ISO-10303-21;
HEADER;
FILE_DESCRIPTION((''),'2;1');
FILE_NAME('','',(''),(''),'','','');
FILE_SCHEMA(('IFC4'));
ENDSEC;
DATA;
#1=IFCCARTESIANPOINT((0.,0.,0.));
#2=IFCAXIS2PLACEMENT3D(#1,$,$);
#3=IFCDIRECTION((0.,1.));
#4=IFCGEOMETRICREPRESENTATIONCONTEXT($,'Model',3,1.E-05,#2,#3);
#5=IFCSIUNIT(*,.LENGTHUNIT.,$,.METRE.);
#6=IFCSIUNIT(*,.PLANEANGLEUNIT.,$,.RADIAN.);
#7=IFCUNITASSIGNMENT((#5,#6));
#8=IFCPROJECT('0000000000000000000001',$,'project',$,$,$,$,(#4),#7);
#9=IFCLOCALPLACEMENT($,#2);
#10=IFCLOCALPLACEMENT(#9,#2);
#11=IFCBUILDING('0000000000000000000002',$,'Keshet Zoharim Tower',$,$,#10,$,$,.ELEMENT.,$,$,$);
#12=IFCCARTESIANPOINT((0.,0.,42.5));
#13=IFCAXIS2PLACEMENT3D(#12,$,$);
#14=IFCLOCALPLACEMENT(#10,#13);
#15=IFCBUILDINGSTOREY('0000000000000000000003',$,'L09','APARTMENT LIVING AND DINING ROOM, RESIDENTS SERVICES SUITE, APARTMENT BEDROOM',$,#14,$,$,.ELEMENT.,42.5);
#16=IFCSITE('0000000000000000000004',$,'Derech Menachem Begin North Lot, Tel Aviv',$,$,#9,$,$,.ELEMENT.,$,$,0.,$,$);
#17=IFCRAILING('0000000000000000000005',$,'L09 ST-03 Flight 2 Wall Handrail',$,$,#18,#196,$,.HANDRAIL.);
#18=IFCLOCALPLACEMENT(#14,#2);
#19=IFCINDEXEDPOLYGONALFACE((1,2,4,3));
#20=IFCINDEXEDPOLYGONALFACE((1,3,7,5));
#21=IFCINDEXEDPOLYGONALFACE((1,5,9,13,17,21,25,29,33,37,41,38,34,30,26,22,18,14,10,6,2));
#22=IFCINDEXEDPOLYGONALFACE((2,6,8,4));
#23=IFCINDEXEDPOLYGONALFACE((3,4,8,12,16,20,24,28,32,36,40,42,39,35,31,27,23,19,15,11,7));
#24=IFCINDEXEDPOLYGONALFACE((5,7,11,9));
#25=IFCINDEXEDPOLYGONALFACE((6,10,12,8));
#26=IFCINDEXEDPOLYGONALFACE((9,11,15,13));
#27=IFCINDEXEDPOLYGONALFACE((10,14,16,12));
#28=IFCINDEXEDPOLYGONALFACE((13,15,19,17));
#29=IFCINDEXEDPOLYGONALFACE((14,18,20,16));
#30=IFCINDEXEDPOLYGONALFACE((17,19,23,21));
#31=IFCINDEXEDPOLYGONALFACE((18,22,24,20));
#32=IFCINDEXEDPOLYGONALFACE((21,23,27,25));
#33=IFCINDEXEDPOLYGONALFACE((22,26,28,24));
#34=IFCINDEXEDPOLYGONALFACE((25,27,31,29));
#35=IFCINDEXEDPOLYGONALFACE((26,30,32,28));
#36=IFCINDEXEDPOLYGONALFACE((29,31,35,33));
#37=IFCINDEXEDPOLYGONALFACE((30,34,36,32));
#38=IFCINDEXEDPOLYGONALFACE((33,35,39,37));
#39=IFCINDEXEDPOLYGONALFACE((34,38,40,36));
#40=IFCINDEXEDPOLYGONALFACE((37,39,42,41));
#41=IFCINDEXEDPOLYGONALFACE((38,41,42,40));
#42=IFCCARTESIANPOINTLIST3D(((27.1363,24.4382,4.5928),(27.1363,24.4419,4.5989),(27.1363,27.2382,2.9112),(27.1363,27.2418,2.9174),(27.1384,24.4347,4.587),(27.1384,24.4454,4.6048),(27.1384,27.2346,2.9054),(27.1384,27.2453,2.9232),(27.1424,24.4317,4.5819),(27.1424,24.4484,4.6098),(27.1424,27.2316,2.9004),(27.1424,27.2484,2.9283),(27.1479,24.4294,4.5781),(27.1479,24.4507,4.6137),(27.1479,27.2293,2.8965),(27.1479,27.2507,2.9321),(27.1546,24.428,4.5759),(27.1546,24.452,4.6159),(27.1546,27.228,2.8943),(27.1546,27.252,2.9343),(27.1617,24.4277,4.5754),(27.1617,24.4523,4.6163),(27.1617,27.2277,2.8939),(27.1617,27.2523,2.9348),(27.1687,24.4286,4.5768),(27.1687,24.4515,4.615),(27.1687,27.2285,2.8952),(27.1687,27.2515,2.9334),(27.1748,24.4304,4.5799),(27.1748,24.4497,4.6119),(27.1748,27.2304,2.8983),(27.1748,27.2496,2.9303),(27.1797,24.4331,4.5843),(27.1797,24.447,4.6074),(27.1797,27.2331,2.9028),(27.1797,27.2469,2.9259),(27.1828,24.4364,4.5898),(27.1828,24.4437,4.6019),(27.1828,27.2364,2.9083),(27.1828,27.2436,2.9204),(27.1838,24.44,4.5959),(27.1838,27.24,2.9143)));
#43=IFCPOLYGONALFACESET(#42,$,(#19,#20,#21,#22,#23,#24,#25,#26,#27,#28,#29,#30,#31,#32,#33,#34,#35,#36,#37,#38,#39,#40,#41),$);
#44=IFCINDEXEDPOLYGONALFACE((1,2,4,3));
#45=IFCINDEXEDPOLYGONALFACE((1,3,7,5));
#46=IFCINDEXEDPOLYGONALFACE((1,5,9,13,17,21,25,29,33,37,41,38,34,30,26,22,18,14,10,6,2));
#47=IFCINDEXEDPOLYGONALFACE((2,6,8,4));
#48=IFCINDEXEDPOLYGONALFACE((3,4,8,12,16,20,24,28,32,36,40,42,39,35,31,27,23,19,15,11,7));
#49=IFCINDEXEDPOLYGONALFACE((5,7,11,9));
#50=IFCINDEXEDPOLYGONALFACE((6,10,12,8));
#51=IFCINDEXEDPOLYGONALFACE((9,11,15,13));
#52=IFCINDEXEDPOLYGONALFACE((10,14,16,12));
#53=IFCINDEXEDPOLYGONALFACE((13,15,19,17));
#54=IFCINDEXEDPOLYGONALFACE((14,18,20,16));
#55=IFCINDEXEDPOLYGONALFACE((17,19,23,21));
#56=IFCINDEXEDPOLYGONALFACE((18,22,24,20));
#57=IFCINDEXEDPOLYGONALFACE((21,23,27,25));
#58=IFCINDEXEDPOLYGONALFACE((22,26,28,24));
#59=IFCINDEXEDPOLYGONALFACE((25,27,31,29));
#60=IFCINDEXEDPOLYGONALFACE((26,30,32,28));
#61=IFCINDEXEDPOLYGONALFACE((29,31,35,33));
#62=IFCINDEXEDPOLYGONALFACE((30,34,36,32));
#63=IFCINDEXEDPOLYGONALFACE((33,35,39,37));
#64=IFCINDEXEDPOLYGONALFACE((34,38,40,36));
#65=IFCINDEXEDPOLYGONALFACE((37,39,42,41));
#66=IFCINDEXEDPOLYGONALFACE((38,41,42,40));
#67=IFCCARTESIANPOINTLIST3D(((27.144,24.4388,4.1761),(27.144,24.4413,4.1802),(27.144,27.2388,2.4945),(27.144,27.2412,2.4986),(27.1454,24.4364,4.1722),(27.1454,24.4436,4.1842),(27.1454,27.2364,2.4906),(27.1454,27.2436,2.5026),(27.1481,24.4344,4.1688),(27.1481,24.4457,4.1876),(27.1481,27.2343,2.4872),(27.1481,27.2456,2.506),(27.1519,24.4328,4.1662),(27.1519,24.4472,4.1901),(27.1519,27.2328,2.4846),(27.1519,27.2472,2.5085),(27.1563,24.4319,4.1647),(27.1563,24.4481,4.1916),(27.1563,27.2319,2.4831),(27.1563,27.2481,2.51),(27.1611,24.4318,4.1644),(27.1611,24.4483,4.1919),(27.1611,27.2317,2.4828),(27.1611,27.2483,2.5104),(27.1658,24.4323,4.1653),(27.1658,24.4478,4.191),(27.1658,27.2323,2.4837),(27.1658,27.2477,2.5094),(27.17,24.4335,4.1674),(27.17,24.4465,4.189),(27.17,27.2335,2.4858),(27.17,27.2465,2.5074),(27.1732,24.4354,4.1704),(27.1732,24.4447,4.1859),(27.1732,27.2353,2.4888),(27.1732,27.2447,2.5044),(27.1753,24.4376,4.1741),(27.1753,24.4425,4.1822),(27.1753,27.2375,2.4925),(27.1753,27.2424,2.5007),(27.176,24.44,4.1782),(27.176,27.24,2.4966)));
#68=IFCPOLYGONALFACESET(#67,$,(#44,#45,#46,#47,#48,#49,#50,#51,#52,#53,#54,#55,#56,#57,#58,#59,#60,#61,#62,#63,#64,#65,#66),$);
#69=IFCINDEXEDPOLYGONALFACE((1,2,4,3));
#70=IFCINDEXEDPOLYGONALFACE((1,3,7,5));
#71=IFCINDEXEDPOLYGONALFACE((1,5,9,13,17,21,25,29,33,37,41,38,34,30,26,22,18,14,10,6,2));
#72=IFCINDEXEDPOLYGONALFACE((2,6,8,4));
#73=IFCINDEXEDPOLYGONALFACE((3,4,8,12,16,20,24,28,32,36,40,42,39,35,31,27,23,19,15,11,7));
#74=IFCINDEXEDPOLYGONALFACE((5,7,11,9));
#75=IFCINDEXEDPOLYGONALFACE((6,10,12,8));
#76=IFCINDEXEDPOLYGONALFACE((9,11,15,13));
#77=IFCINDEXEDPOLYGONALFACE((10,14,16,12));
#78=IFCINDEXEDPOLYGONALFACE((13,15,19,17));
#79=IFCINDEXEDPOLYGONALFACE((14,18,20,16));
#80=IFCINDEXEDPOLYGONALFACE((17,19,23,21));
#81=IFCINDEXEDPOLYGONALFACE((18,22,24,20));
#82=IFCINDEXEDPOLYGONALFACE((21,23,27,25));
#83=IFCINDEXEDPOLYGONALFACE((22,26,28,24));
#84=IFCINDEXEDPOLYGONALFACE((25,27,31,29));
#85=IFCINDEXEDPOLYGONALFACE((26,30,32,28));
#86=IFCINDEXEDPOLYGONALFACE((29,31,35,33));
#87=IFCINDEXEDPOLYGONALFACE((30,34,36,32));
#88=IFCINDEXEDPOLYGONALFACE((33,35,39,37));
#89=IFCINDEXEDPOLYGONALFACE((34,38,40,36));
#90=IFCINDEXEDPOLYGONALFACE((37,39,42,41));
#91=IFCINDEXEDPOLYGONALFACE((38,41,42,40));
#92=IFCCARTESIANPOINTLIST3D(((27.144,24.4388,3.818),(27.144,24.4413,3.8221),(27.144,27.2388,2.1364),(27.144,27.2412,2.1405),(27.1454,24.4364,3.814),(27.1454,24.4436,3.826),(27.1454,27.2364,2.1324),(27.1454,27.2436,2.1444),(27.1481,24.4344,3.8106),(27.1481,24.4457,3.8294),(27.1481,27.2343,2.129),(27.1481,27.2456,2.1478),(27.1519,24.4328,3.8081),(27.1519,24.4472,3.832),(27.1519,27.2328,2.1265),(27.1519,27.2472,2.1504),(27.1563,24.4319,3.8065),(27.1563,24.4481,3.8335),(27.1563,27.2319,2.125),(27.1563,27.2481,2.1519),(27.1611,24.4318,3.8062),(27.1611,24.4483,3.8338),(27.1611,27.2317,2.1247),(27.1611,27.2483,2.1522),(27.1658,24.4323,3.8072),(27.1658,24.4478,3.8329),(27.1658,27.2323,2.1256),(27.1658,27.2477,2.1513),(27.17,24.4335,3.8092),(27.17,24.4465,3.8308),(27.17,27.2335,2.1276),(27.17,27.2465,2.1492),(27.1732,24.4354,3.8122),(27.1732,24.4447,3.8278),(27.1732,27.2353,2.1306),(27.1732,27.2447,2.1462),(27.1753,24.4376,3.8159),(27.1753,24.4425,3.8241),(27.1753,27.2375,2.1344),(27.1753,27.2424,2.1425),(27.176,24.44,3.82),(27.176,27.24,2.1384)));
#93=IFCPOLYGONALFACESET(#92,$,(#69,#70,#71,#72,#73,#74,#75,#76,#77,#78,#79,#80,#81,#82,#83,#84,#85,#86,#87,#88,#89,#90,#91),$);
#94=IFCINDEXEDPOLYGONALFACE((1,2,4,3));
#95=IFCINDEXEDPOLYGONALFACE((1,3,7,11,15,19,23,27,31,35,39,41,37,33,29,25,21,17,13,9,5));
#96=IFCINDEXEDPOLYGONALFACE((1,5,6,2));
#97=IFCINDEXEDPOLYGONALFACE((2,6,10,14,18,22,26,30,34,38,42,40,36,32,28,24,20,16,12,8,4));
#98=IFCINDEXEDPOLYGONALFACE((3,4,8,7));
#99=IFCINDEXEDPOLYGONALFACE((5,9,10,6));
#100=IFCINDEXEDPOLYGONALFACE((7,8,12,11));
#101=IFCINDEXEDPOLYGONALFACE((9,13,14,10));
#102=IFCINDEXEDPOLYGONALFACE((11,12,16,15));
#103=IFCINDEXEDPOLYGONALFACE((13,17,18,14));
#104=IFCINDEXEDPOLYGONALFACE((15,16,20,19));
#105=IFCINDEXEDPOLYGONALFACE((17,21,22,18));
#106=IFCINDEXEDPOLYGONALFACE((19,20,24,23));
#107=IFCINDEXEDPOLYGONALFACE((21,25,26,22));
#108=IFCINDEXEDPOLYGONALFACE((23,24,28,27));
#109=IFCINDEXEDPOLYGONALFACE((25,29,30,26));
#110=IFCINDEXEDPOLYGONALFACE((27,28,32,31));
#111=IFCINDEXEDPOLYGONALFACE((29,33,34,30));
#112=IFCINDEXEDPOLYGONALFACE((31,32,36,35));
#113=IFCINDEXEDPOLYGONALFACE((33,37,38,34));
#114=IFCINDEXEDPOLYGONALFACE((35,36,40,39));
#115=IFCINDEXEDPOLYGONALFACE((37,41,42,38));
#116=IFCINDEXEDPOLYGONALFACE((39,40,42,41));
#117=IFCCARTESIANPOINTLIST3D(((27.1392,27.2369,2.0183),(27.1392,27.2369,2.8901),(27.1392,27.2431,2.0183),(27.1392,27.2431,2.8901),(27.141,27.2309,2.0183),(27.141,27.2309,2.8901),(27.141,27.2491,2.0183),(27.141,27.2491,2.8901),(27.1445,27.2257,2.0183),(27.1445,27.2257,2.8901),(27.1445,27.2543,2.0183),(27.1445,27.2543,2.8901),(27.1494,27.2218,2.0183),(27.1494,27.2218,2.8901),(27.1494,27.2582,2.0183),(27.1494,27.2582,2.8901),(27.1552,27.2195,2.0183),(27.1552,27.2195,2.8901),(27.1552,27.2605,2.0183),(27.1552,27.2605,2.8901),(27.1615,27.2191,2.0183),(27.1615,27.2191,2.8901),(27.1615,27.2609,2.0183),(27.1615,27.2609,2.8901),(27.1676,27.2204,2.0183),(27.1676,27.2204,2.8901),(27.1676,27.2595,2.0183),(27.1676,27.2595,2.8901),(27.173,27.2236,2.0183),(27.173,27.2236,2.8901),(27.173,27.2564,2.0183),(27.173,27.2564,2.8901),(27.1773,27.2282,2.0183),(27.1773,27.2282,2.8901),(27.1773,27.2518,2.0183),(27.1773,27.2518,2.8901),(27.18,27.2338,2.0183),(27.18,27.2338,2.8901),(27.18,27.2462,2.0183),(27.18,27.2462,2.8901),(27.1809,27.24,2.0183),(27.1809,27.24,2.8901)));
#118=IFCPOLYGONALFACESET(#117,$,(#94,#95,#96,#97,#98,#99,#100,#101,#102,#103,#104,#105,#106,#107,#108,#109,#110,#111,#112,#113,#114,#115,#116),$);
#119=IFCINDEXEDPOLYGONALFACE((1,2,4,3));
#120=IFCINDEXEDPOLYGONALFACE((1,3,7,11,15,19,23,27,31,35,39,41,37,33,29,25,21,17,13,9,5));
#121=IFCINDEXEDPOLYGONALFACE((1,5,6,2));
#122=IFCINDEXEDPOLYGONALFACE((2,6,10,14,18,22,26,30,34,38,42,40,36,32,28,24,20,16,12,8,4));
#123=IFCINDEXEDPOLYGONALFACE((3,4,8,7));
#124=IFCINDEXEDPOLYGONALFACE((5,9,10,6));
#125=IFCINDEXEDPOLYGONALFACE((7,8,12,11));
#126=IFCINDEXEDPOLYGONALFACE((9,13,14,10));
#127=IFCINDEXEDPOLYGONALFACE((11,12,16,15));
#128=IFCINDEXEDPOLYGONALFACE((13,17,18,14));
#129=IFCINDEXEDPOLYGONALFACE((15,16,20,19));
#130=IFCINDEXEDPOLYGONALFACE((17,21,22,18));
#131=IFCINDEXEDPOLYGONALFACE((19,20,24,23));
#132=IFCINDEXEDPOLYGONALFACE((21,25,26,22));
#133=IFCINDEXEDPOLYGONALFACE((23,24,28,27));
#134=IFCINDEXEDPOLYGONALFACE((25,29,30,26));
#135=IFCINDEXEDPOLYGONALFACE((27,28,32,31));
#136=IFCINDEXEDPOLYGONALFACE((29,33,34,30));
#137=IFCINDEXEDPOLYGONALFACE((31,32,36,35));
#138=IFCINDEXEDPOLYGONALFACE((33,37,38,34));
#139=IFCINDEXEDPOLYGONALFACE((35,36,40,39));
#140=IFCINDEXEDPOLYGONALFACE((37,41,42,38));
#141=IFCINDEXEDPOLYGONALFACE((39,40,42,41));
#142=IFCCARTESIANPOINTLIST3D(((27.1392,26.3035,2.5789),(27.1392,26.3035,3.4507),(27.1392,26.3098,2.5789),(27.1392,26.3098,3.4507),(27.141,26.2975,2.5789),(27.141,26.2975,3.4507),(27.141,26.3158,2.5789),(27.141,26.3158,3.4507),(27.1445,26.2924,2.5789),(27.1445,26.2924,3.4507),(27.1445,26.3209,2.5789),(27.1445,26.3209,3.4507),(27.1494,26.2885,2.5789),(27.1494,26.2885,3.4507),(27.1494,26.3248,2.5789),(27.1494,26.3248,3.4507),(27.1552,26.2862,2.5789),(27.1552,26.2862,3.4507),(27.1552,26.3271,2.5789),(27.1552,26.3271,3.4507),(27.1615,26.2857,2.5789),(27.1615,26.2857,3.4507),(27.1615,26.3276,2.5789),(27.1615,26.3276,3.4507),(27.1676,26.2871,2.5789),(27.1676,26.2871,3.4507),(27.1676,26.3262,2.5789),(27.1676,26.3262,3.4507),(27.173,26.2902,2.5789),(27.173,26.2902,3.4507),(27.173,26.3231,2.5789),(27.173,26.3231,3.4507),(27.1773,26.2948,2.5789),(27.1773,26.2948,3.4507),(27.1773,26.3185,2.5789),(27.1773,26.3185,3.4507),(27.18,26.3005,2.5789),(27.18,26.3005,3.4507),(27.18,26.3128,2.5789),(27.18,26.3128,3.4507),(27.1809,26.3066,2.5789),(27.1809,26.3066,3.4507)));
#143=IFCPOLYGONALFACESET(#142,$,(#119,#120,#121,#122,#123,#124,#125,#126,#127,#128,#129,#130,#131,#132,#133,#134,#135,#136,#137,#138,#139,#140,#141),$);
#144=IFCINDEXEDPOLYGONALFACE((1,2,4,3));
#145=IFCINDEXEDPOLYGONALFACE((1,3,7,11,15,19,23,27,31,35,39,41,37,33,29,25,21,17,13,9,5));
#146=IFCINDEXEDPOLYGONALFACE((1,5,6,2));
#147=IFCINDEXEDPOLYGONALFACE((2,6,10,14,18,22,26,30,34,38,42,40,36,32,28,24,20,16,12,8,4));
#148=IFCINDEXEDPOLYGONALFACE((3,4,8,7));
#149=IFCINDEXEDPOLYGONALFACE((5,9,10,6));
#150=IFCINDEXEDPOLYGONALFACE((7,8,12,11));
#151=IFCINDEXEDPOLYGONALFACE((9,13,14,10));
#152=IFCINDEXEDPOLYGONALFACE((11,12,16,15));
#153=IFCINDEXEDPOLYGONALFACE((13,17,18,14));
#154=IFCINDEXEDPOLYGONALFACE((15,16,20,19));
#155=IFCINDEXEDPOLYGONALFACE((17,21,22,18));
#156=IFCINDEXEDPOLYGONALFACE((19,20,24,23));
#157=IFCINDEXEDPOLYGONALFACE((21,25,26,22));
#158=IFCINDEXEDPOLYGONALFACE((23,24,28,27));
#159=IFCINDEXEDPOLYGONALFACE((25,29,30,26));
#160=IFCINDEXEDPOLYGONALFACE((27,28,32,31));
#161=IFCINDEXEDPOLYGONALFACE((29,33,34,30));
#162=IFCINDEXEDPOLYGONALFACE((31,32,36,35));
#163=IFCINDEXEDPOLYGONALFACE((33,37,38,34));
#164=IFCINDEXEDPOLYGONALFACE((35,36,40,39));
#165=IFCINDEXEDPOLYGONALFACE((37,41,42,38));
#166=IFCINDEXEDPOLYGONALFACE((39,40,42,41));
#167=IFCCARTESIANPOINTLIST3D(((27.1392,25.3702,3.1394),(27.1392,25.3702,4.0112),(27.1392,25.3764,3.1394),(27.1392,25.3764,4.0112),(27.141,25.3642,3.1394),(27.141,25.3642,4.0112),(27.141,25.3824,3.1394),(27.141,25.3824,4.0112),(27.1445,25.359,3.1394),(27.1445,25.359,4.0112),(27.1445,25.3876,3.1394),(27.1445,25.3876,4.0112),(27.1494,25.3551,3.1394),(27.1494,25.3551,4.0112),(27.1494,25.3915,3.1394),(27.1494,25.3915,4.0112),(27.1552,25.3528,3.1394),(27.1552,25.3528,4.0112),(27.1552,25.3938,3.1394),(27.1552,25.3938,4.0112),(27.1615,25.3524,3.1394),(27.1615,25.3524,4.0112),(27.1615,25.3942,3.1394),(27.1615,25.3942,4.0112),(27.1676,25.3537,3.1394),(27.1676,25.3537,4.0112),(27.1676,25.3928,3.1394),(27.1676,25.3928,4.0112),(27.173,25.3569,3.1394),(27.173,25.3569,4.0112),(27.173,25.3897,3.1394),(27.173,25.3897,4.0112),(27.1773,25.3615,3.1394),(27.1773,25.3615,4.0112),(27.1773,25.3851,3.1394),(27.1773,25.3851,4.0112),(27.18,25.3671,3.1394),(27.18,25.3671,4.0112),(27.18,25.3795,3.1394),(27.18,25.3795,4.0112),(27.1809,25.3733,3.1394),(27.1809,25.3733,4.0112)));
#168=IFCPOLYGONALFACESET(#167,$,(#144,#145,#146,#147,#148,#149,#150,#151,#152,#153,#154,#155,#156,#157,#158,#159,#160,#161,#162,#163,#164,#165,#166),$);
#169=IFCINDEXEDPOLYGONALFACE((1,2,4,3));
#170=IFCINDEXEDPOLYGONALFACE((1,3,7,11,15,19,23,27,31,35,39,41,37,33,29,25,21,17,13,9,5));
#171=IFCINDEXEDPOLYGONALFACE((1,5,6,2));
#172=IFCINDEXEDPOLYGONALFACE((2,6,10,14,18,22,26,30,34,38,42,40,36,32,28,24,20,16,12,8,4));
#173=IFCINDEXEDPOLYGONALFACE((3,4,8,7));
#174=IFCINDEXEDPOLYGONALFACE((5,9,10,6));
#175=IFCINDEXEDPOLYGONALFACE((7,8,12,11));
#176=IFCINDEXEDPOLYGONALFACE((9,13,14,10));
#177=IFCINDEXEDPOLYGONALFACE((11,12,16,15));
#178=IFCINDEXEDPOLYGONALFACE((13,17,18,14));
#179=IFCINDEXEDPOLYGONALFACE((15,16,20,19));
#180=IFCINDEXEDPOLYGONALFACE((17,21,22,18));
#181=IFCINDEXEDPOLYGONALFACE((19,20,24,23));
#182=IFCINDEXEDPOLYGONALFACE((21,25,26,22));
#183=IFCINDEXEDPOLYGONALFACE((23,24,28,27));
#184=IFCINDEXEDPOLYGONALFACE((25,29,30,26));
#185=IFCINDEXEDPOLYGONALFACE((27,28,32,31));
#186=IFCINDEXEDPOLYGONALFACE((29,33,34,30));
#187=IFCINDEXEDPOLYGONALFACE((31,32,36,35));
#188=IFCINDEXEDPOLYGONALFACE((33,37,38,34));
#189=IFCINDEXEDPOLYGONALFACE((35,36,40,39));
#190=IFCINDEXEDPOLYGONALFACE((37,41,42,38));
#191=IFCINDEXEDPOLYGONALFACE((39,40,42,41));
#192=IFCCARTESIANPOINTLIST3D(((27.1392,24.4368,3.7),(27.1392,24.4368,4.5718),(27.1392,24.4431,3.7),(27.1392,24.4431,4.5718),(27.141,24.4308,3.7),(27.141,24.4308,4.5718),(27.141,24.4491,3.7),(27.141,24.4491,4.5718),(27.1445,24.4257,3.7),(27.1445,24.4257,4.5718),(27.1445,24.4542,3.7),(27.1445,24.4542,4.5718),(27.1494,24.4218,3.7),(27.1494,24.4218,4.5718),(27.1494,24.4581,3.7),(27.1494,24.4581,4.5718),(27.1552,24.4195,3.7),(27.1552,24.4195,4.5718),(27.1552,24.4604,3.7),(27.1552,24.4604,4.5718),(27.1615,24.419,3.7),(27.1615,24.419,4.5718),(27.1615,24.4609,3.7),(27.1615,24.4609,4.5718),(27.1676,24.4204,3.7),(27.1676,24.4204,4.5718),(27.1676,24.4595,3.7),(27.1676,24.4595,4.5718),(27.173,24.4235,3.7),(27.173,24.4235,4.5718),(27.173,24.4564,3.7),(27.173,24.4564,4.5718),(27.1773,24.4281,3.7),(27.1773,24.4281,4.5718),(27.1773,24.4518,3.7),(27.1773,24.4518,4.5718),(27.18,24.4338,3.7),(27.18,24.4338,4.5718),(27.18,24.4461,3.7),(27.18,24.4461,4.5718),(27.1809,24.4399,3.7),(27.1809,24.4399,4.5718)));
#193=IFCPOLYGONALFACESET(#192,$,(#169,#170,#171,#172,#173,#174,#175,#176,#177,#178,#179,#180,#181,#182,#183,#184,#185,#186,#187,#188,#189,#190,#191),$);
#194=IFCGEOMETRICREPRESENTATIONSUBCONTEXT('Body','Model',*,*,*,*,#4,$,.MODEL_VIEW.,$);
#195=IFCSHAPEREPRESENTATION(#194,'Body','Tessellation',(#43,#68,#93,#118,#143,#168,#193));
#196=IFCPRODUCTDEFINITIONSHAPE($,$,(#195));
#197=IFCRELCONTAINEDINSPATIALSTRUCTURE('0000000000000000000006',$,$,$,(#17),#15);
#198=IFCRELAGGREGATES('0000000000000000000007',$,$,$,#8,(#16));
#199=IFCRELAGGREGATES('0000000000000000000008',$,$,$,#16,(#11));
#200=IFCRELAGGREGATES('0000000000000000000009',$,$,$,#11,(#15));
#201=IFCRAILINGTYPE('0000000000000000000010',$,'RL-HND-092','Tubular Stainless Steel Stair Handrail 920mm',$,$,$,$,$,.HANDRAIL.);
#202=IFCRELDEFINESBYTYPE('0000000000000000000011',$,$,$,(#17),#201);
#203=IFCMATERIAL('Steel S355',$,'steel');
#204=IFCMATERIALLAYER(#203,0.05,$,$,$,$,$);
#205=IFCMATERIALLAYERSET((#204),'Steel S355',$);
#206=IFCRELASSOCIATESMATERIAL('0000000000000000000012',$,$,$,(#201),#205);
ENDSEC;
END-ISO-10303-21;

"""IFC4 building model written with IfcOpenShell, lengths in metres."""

from ifc_helpers import new_model, si_unit, direction, frame, origin, origin_2d, place, context, subcontext, project, spatial, circle, extrude, material, layer, layer_set, type_object, element, save


model = new_model("IFC4")

# Units and contexts
model_context = context("Model", 3, precision=1e-05, world=origin(), true_north=direction((0.0, 1.0)))
body_context = subcontext(model_context, "Body", "Model", "MODEL_VIEW")
ifc_project = project(units=[si_unit("LENGTHUNIT", "METRE"), si_unit("PLANEANGLEUNIT", "RADIAN")], contexts=[model_context])

# Site, building, storey
site_placement = place(None, origin())
site = spatial("IfcSite", under=ifc_project, at=site_placement, Name="Derech Menachem Begin North Lot, Tel Aviv", CompositionType="ELEMENT", RefElevation=0.0)
building_placement = place(site_placement, origin())
building = spatial("IfcBuilding", under=site, at=building_placement, Name="Keshet Zoharim Tower", CompositionType="ELEMENT")
storey_placement = place(building_placement, frame((0.0, 0.0, 42.5)))
storey = spatial("IfcBuildingStorey", under=building, at=storey_placement, Name="L09", Description="APARTMENT LIVING AND DINING ROOM, RESIDENTS SERVICES SUITE, APARTMENT BEDROOM", CompositionType="ELEMENT", Elevation=42.5)

# Shared definitions
ifc_material_1 = material(Name="Steel S355", Category="steel")

# Railing
ifc_layer_1 = layer(ifc_material_1, 0.05)
ifc_layer_set_1 = layer_set([ifc_layer_1], Name="Steel S355")
railing_type = type_object("IfcRailingType", Name="RL-HND-092", Description="Tubular Stainless Steel Stair Handrail 920mm", PredefinedType="HANDRAIL", material=ifc_layer_set_1)
railing_placement = place(storey_placement, frame((27.1599, 27.24, 2.0183)))
element("IfcRailing", 1, at=railing_placement, inside=storey, type_object=railing_type, Name="L09 ST-03 Flight 2 Wall Handrail", PredefinedType="HANDRAIL", context=body_context, shape_type="SweptSolid", body=[
    extrude(circle(Radius=0.0239, at=origin_2d()), frame((0.0, 0.0, 0.896), z_axis=(0.0, -0.857275, 0.514858), x_axis=(1.0, 0.0, 0.0)), (0.0, 0.0, 1.0), 3.2661),
    extrude(circle(Radius=0.0161, at=origin_2d()), frame((0.0, 0.0, 0.4783), z_axis=(0.0, -0.857275, 0.514858), x_axis=(1.0, 0.0, 0.0)), (0.0, 0.0, 1.0), 3.2661),
    extrude(circle(Radius=0.0161, at=origin_2d()), frame((0.0, 0.0, 0.1201), z_axis=(0.0, -0.857275, 0.514858), x_axis=(1.0, 0.0, 0.0)), (0.0, 0.0, 1.0), 3.2661),
    extrude(circle(Radius=0.021, at=origin_2d()), origin(), (0.0, 0.0, 1.0), 0.8718),
    extrude(circle(Radius=0.021, at=origin_2d()), frame((0.0, -0.9333, 0.5605)), (0.0, 0.0, 1.0), 0.8718),
    extrude(circle(Radius=0.021, at=origin_2d()), frame((0.0, -1.8667, 1.1211)), (0.0, 0.0, 1.0), 0.8718),
    extrude(circle(Radius=0.021, at=origin_2d()), frame((0.0, -2.8, 1.6816)), (0.0, 0.0, 1.0), 0.8718),
])

save(model, "model.ifc")
